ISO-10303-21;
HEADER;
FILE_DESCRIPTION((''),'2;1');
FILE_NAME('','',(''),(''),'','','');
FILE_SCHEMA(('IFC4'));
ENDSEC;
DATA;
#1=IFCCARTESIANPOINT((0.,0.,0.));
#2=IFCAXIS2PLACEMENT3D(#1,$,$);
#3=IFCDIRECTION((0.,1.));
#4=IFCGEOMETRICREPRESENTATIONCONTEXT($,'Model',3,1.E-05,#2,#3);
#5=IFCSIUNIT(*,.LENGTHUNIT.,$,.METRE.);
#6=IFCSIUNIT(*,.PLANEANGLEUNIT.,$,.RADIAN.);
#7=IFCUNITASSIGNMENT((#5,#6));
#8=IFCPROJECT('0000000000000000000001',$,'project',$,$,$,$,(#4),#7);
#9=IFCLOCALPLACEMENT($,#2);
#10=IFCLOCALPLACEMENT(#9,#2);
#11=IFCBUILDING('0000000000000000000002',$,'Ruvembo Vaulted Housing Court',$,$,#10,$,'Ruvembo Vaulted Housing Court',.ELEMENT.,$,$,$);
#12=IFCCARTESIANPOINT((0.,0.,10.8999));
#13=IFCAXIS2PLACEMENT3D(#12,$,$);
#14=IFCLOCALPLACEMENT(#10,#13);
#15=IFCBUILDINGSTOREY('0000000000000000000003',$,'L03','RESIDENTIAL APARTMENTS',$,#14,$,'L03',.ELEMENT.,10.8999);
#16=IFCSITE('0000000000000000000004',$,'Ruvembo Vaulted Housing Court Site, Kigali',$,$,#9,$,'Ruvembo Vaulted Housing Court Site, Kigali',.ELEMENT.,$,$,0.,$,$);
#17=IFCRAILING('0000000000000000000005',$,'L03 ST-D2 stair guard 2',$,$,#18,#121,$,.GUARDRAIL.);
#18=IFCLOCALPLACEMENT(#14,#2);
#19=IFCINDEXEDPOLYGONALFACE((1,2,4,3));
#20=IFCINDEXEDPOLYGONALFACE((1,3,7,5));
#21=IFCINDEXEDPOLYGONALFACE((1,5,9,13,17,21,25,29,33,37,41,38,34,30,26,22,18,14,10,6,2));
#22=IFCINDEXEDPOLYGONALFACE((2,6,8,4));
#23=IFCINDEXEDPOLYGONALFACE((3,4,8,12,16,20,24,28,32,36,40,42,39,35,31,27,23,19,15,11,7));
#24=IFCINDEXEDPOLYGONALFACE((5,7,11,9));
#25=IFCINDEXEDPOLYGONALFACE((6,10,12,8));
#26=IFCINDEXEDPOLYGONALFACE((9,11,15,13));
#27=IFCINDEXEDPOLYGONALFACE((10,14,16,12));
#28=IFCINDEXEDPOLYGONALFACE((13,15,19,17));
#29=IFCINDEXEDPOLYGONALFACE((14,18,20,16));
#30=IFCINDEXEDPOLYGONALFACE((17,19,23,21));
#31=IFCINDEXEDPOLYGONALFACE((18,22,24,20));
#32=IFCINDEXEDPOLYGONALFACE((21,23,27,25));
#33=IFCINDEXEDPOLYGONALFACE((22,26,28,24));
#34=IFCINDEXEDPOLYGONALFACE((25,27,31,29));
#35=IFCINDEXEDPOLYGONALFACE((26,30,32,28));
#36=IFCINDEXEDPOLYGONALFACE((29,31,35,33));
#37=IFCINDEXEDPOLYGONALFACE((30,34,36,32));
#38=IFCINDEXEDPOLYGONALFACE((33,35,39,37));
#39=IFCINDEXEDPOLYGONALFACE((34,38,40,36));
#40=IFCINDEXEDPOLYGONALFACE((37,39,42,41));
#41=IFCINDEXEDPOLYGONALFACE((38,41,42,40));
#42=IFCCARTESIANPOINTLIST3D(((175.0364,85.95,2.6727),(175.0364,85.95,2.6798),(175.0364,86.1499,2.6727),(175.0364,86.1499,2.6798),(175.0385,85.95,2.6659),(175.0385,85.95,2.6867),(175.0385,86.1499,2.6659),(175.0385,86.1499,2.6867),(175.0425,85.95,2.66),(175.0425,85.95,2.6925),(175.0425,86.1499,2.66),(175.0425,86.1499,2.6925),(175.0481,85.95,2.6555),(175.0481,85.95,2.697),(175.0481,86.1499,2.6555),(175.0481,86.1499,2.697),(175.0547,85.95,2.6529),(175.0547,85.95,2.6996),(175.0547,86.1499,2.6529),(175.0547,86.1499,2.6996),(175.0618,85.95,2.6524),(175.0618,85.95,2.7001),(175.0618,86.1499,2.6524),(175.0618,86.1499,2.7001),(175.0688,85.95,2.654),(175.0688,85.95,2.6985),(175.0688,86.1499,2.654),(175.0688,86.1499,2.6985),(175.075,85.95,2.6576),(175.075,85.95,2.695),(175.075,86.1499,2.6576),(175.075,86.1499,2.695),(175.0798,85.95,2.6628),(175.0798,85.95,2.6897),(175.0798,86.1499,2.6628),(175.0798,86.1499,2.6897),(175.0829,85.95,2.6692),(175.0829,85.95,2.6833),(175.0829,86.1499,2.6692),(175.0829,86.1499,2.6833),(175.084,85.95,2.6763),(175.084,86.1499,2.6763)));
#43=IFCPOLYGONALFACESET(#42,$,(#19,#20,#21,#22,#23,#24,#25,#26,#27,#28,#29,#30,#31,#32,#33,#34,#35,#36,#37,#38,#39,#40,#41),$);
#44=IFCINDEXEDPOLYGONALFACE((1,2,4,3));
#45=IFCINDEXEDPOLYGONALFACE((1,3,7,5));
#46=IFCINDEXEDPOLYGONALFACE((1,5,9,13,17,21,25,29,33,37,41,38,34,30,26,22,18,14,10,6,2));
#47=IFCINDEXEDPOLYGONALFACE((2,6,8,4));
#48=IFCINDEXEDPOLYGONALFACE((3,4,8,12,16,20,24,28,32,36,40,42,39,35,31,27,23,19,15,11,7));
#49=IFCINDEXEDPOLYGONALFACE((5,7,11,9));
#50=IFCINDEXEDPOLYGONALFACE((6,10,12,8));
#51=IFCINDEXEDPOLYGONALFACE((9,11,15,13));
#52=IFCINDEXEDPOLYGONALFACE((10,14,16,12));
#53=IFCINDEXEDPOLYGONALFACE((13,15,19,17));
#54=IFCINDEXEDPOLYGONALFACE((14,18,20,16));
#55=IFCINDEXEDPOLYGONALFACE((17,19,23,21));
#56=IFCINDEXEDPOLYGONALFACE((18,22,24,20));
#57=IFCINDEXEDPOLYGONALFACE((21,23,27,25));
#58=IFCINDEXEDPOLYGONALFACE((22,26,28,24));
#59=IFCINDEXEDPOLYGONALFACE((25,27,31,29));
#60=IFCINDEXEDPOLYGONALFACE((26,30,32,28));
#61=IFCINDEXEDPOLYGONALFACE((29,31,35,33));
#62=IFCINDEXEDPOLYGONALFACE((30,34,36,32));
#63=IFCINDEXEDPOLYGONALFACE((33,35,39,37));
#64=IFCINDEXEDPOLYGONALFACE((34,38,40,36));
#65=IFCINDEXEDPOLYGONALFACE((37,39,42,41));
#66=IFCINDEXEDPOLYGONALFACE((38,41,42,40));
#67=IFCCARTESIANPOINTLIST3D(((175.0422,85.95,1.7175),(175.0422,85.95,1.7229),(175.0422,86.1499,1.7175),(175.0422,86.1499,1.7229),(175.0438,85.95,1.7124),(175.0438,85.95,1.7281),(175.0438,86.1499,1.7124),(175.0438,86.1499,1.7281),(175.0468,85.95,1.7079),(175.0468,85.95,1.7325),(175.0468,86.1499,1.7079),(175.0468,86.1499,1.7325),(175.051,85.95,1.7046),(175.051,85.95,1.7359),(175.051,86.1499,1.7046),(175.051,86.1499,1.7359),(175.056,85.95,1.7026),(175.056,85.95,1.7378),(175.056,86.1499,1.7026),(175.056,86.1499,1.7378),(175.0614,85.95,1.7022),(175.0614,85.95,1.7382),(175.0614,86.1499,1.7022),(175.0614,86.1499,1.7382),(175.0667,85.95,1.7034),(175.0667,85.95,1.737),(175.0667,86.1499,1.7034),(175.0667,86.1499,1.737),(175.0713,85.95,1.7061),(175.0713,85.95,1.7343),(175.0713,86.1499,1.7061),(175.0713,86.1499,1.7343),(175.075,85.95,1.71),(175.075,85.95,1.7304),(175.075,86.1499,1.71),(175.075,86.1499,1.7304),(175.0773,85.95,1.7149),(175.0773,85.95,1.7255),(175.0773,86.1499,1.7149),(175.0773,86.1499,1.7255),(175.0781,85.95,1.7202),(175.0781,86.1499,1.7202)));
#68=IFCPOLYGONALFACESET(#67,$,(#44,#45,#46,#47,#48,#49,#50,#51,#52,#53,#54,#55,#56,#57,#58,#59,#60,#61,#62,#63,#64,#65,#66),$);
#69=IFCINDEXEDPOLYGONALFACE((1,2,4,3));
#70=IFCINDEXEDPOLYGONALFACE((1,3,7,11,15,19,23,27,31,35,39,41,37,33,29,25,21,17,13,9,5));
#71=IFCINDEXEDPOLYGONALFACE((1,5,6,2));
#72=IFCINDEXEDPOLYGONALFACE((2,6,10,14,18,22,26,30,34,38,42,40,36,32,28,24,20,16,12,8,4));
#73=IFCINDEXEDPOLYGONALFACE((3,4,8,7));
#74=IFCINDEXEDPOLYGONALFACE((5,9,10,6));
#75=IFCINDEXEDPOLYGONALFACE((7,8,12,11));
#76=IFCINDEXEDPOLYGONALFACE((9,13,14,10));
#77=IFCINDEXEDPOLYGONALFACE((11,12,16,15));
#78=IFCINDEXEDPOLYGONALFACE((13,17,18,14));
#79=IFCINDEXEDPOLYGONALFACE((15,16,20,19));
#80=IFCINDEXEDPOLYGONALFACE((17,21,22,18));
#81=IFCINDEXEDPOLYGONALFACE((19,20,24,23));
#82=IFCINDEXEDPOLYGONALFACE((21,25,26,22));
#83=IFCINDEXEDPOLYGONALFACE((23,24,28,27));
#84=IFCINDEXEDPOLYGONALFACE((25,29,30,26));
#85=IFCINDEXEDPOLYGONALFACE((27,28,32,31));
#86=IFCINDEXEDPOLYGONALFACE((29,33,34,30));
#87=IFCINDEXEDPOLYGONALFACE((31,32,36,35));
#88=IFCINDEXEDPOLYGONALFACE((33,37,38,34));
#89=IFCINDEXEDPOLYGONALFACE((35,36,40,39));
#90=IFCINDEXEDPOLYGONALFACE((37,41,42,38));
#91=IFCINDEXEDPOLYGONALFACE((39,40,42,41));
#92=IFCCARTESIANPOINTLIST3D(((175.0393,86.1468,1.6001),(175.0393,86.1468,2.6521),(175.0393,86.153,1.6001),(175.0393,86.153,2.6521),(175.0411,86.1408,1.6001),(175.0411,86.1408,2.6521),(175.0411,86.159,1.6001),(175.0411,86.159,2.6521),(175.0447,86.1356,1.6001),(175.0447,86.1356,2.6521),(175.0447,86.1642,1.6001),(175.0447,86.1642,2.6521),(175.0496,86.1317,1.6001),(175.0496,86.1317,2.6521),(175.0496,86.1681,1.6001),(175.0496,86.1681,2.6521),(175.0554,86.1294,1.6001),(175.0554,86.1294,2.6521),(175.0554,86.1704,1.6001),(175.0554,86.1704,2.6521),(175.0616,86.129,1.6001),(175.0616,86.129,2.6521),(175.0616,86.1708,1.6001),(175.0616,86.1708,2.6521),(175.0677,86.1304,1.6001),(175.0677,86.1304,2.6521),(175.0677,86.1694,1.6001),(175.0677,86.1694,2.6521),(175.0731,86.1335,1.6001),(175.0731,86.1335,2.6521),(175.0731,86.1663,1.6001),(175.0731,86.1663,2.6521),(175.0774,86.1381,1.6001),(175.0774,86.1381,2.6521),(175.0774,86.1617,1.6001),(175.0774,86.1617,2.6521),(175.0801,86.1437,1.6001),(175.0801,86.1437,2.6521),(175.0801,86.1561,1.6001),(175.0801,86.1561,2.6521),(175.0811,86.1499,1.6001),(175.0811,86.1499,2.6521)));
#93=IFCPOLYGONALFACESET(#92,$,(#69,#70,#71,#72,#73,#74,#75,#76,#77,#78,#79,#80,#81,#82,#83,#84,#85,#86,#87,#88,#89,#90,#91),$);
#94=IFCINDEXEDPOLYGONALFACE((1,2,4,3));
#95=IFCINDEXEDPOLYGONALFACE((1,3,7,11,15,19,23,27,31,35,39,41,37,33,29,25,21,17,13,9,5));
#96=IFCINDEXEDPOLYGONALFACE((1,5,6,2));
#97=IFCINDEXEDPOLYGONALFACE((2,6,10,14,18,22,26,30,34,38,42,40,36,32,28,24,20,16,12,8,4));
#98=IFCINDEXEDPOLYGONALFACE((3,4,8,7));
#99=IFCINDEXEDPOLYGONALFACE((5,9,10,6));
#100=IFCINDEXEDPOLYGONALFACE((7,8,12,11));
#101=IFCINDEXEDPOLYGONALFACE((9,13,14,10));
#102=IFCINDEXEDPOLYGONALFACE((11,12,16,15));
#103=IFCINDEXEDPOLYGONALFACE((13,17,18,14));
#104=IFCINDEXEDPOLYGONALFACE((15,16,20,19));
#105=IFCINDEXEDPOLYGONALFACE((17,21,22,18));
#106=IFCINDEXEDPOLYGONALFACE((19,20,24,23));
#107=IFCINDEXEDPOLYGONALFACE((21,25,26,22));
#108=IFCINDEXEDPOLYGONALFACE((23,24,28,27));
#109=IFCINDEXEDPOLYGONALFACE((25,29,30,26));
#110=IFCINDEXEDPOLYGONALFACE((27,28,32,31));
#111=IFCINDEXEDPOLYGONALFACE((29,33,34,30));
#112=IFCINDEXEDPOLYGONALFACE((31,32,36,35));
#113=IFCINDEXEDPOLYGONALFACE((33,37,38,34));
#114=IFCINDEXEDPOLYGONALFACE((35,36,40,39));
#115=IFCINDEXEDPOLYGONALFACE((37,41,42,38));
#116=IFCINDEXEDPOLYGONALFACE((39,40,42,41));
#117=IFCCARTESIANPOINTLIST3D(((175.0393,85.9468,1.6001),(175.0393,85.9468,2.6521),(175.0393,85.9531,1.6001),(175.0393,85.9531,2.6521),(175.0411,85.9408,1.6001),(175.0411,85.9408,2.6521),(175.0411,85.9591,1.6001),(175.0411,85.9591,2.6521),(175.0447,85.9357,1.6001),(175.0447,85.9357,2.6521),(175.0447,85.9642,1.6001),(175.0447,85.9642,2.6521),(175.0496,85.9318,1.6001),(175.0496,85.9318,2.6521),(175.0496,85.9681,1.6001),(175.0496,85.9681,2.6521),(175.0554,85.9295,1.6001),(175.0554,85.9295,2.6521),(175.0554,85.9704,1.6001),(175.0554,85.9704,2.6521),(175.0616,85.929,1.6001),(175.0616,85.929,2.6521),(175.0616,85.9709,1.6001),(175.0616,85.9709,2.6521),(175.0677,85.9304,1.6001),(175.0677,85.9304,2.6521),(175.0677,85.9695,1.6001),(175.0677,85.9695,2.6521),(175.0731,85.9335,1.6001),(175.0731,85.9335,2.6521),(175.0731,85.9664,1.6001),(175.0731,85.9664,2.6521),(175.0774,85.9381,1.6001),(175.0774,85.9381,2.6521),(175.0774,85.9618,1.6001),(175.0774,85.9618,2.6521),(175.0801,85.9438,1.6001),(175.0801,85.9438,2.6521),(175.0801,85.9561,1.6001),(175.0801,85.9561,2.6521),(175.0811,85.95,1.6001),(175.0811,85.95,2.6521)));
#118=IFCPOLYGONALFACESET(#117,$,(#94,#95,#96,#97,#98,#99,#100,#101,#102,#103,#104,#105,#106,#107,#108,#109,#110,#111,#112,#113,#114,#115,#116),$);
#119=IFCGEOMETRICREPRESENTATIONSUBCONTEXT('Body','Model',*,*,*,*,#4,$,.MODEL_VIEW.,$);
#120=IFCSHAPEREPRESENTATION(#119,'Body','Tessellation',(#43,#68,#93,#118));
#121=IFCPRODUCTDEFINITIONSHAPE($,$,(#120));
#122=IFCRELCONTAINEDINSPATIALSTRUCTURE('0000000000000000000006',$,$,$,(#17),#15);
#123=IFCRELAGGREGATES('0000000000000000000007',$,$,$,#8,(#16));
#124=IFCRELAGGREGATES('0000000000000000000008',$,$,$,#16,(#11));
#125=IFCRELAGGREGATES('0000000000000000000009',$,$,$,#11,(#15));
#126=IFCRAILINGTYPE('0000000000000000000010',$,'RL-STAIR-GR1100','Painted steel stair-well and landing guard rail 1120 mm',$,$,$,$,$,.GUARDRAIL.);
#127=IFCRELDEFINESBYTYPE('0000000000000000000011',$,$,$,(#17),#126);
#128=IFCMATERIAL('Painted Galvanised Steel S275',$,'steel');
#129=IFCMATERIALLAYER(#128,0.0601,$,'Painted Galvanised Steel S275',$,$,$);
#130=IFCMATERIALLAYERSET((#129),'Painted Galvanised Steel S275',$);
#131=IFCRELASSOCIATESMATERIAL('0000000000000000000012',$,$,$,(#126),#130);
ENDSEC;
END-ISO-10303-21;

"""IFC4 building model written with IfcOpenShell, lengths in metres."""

from ifc_helpers import new_model, si_unit, direction, frame, origin, origin_2d, place, context, subcontext, project, spatial, circle, extrude, material, layer, layer_set, type_object, element, save


model = new_model("IFC4")

# Units and contexts
model_context = context("Model", 3, precision=1e-05, world=origin(), true_north=direction((0.0, 1.0)))
body_context = subcontext(model_context, "Body", "Model", "MODEL_VIEW")
ifc_project = project(units=[si_unit("LENGTHUNIT", "METRE"), si_unit("PLANEANGLEUNIT", "RADIAN")], contexts=[model_context])

# Site, building, storey
site_placement = place(None, origin())
site = spatial("IfcSite", under=ifc_project, at=site_placement, Name="Ruvembo Vaulted Housing Court Site, Kigali", LongName="Ruvembo Vaulted Housing Court Site, Kigali", CompositionType="ELEMENT", RefElevation=0.0)
building_placement = place(site_placement, origin())
building = spatial("IfcBuilding", under=site, at=building_placement, Name="Ruvembo Vaulted Housing Court", LongName="Ruvembo Vaulted Housing Court", CompositionType="ELEMENT")
storey_placement = place(building_placement, frame((0.0, 0.0, 10.8999)))
storey = spatial("IfcBuildingStorey", under=building, at=storey_placement, Name="L03", Description="RESIDENTIAL APARTMENTS", LongName="L03", CompositionType="ELEMENT", Elevation=10.8999)

# Railing
ifc_material_1 = material(Name="Painted Galvanised Steel S275", Category="steel")
ifc_layer_1 = layer(ifc_material_1, 0.0601, Name="Painted Galvanised Steel S275")
ifc_layer_set_1 = layer_set([ifc_layer_1], Name="Painted Galvanised Steel S275")
railing_type_1 = type_object("IfcRailingType", Name="RL-STAIR-GR1100", Description="Painted steel stair-well and landing guard rail 1120 mm", PredefinedType="GUARDRAIL", material=ifc_layer_set_1)
railing_1_placement = place(storey_placement, frame((175.0601, 86.1499, 1.6001)))
element("IfcRailing", 1, at=railing_1_placement, inside=storey, type_object=railing_type_1, Name="L03 ST-D2 stair guard 2", PredefinedType="GUARDRAIL", context=body_context, shape_type="SweptSolid", body=[
    extrude(circle(Radius=0.0239, at=origin_2d()), frame((0.0, 0.0, 1.0762), z_axis=(0.0, -1.0, 0.0), x_axis=(1.0, 0.0, 0.0)), (0.0, 0.0, 1.0), 0.2),
    extrude(circle(Radius=0.0181, at=origin_2d()), frame((0.0, 0.0, 0.1201), z_axis=(0.0, -1.0, 0.0), x_axis=(1.0, 0.0, 0.0)), (0.0, 0.0, 1.0), 0.2),
    extrude(circle(Radius=0.021, at=origin_2d()), origin(), (0.0, 0.0, 1.0), 1.052),
    extrude(circle(Radius=0.021, at=origin_2d()), frame((0.0, -0.2, 0.0)), (0.0, 0.0, 1.0), 1.052),
])

save(model, "model.ifc")
